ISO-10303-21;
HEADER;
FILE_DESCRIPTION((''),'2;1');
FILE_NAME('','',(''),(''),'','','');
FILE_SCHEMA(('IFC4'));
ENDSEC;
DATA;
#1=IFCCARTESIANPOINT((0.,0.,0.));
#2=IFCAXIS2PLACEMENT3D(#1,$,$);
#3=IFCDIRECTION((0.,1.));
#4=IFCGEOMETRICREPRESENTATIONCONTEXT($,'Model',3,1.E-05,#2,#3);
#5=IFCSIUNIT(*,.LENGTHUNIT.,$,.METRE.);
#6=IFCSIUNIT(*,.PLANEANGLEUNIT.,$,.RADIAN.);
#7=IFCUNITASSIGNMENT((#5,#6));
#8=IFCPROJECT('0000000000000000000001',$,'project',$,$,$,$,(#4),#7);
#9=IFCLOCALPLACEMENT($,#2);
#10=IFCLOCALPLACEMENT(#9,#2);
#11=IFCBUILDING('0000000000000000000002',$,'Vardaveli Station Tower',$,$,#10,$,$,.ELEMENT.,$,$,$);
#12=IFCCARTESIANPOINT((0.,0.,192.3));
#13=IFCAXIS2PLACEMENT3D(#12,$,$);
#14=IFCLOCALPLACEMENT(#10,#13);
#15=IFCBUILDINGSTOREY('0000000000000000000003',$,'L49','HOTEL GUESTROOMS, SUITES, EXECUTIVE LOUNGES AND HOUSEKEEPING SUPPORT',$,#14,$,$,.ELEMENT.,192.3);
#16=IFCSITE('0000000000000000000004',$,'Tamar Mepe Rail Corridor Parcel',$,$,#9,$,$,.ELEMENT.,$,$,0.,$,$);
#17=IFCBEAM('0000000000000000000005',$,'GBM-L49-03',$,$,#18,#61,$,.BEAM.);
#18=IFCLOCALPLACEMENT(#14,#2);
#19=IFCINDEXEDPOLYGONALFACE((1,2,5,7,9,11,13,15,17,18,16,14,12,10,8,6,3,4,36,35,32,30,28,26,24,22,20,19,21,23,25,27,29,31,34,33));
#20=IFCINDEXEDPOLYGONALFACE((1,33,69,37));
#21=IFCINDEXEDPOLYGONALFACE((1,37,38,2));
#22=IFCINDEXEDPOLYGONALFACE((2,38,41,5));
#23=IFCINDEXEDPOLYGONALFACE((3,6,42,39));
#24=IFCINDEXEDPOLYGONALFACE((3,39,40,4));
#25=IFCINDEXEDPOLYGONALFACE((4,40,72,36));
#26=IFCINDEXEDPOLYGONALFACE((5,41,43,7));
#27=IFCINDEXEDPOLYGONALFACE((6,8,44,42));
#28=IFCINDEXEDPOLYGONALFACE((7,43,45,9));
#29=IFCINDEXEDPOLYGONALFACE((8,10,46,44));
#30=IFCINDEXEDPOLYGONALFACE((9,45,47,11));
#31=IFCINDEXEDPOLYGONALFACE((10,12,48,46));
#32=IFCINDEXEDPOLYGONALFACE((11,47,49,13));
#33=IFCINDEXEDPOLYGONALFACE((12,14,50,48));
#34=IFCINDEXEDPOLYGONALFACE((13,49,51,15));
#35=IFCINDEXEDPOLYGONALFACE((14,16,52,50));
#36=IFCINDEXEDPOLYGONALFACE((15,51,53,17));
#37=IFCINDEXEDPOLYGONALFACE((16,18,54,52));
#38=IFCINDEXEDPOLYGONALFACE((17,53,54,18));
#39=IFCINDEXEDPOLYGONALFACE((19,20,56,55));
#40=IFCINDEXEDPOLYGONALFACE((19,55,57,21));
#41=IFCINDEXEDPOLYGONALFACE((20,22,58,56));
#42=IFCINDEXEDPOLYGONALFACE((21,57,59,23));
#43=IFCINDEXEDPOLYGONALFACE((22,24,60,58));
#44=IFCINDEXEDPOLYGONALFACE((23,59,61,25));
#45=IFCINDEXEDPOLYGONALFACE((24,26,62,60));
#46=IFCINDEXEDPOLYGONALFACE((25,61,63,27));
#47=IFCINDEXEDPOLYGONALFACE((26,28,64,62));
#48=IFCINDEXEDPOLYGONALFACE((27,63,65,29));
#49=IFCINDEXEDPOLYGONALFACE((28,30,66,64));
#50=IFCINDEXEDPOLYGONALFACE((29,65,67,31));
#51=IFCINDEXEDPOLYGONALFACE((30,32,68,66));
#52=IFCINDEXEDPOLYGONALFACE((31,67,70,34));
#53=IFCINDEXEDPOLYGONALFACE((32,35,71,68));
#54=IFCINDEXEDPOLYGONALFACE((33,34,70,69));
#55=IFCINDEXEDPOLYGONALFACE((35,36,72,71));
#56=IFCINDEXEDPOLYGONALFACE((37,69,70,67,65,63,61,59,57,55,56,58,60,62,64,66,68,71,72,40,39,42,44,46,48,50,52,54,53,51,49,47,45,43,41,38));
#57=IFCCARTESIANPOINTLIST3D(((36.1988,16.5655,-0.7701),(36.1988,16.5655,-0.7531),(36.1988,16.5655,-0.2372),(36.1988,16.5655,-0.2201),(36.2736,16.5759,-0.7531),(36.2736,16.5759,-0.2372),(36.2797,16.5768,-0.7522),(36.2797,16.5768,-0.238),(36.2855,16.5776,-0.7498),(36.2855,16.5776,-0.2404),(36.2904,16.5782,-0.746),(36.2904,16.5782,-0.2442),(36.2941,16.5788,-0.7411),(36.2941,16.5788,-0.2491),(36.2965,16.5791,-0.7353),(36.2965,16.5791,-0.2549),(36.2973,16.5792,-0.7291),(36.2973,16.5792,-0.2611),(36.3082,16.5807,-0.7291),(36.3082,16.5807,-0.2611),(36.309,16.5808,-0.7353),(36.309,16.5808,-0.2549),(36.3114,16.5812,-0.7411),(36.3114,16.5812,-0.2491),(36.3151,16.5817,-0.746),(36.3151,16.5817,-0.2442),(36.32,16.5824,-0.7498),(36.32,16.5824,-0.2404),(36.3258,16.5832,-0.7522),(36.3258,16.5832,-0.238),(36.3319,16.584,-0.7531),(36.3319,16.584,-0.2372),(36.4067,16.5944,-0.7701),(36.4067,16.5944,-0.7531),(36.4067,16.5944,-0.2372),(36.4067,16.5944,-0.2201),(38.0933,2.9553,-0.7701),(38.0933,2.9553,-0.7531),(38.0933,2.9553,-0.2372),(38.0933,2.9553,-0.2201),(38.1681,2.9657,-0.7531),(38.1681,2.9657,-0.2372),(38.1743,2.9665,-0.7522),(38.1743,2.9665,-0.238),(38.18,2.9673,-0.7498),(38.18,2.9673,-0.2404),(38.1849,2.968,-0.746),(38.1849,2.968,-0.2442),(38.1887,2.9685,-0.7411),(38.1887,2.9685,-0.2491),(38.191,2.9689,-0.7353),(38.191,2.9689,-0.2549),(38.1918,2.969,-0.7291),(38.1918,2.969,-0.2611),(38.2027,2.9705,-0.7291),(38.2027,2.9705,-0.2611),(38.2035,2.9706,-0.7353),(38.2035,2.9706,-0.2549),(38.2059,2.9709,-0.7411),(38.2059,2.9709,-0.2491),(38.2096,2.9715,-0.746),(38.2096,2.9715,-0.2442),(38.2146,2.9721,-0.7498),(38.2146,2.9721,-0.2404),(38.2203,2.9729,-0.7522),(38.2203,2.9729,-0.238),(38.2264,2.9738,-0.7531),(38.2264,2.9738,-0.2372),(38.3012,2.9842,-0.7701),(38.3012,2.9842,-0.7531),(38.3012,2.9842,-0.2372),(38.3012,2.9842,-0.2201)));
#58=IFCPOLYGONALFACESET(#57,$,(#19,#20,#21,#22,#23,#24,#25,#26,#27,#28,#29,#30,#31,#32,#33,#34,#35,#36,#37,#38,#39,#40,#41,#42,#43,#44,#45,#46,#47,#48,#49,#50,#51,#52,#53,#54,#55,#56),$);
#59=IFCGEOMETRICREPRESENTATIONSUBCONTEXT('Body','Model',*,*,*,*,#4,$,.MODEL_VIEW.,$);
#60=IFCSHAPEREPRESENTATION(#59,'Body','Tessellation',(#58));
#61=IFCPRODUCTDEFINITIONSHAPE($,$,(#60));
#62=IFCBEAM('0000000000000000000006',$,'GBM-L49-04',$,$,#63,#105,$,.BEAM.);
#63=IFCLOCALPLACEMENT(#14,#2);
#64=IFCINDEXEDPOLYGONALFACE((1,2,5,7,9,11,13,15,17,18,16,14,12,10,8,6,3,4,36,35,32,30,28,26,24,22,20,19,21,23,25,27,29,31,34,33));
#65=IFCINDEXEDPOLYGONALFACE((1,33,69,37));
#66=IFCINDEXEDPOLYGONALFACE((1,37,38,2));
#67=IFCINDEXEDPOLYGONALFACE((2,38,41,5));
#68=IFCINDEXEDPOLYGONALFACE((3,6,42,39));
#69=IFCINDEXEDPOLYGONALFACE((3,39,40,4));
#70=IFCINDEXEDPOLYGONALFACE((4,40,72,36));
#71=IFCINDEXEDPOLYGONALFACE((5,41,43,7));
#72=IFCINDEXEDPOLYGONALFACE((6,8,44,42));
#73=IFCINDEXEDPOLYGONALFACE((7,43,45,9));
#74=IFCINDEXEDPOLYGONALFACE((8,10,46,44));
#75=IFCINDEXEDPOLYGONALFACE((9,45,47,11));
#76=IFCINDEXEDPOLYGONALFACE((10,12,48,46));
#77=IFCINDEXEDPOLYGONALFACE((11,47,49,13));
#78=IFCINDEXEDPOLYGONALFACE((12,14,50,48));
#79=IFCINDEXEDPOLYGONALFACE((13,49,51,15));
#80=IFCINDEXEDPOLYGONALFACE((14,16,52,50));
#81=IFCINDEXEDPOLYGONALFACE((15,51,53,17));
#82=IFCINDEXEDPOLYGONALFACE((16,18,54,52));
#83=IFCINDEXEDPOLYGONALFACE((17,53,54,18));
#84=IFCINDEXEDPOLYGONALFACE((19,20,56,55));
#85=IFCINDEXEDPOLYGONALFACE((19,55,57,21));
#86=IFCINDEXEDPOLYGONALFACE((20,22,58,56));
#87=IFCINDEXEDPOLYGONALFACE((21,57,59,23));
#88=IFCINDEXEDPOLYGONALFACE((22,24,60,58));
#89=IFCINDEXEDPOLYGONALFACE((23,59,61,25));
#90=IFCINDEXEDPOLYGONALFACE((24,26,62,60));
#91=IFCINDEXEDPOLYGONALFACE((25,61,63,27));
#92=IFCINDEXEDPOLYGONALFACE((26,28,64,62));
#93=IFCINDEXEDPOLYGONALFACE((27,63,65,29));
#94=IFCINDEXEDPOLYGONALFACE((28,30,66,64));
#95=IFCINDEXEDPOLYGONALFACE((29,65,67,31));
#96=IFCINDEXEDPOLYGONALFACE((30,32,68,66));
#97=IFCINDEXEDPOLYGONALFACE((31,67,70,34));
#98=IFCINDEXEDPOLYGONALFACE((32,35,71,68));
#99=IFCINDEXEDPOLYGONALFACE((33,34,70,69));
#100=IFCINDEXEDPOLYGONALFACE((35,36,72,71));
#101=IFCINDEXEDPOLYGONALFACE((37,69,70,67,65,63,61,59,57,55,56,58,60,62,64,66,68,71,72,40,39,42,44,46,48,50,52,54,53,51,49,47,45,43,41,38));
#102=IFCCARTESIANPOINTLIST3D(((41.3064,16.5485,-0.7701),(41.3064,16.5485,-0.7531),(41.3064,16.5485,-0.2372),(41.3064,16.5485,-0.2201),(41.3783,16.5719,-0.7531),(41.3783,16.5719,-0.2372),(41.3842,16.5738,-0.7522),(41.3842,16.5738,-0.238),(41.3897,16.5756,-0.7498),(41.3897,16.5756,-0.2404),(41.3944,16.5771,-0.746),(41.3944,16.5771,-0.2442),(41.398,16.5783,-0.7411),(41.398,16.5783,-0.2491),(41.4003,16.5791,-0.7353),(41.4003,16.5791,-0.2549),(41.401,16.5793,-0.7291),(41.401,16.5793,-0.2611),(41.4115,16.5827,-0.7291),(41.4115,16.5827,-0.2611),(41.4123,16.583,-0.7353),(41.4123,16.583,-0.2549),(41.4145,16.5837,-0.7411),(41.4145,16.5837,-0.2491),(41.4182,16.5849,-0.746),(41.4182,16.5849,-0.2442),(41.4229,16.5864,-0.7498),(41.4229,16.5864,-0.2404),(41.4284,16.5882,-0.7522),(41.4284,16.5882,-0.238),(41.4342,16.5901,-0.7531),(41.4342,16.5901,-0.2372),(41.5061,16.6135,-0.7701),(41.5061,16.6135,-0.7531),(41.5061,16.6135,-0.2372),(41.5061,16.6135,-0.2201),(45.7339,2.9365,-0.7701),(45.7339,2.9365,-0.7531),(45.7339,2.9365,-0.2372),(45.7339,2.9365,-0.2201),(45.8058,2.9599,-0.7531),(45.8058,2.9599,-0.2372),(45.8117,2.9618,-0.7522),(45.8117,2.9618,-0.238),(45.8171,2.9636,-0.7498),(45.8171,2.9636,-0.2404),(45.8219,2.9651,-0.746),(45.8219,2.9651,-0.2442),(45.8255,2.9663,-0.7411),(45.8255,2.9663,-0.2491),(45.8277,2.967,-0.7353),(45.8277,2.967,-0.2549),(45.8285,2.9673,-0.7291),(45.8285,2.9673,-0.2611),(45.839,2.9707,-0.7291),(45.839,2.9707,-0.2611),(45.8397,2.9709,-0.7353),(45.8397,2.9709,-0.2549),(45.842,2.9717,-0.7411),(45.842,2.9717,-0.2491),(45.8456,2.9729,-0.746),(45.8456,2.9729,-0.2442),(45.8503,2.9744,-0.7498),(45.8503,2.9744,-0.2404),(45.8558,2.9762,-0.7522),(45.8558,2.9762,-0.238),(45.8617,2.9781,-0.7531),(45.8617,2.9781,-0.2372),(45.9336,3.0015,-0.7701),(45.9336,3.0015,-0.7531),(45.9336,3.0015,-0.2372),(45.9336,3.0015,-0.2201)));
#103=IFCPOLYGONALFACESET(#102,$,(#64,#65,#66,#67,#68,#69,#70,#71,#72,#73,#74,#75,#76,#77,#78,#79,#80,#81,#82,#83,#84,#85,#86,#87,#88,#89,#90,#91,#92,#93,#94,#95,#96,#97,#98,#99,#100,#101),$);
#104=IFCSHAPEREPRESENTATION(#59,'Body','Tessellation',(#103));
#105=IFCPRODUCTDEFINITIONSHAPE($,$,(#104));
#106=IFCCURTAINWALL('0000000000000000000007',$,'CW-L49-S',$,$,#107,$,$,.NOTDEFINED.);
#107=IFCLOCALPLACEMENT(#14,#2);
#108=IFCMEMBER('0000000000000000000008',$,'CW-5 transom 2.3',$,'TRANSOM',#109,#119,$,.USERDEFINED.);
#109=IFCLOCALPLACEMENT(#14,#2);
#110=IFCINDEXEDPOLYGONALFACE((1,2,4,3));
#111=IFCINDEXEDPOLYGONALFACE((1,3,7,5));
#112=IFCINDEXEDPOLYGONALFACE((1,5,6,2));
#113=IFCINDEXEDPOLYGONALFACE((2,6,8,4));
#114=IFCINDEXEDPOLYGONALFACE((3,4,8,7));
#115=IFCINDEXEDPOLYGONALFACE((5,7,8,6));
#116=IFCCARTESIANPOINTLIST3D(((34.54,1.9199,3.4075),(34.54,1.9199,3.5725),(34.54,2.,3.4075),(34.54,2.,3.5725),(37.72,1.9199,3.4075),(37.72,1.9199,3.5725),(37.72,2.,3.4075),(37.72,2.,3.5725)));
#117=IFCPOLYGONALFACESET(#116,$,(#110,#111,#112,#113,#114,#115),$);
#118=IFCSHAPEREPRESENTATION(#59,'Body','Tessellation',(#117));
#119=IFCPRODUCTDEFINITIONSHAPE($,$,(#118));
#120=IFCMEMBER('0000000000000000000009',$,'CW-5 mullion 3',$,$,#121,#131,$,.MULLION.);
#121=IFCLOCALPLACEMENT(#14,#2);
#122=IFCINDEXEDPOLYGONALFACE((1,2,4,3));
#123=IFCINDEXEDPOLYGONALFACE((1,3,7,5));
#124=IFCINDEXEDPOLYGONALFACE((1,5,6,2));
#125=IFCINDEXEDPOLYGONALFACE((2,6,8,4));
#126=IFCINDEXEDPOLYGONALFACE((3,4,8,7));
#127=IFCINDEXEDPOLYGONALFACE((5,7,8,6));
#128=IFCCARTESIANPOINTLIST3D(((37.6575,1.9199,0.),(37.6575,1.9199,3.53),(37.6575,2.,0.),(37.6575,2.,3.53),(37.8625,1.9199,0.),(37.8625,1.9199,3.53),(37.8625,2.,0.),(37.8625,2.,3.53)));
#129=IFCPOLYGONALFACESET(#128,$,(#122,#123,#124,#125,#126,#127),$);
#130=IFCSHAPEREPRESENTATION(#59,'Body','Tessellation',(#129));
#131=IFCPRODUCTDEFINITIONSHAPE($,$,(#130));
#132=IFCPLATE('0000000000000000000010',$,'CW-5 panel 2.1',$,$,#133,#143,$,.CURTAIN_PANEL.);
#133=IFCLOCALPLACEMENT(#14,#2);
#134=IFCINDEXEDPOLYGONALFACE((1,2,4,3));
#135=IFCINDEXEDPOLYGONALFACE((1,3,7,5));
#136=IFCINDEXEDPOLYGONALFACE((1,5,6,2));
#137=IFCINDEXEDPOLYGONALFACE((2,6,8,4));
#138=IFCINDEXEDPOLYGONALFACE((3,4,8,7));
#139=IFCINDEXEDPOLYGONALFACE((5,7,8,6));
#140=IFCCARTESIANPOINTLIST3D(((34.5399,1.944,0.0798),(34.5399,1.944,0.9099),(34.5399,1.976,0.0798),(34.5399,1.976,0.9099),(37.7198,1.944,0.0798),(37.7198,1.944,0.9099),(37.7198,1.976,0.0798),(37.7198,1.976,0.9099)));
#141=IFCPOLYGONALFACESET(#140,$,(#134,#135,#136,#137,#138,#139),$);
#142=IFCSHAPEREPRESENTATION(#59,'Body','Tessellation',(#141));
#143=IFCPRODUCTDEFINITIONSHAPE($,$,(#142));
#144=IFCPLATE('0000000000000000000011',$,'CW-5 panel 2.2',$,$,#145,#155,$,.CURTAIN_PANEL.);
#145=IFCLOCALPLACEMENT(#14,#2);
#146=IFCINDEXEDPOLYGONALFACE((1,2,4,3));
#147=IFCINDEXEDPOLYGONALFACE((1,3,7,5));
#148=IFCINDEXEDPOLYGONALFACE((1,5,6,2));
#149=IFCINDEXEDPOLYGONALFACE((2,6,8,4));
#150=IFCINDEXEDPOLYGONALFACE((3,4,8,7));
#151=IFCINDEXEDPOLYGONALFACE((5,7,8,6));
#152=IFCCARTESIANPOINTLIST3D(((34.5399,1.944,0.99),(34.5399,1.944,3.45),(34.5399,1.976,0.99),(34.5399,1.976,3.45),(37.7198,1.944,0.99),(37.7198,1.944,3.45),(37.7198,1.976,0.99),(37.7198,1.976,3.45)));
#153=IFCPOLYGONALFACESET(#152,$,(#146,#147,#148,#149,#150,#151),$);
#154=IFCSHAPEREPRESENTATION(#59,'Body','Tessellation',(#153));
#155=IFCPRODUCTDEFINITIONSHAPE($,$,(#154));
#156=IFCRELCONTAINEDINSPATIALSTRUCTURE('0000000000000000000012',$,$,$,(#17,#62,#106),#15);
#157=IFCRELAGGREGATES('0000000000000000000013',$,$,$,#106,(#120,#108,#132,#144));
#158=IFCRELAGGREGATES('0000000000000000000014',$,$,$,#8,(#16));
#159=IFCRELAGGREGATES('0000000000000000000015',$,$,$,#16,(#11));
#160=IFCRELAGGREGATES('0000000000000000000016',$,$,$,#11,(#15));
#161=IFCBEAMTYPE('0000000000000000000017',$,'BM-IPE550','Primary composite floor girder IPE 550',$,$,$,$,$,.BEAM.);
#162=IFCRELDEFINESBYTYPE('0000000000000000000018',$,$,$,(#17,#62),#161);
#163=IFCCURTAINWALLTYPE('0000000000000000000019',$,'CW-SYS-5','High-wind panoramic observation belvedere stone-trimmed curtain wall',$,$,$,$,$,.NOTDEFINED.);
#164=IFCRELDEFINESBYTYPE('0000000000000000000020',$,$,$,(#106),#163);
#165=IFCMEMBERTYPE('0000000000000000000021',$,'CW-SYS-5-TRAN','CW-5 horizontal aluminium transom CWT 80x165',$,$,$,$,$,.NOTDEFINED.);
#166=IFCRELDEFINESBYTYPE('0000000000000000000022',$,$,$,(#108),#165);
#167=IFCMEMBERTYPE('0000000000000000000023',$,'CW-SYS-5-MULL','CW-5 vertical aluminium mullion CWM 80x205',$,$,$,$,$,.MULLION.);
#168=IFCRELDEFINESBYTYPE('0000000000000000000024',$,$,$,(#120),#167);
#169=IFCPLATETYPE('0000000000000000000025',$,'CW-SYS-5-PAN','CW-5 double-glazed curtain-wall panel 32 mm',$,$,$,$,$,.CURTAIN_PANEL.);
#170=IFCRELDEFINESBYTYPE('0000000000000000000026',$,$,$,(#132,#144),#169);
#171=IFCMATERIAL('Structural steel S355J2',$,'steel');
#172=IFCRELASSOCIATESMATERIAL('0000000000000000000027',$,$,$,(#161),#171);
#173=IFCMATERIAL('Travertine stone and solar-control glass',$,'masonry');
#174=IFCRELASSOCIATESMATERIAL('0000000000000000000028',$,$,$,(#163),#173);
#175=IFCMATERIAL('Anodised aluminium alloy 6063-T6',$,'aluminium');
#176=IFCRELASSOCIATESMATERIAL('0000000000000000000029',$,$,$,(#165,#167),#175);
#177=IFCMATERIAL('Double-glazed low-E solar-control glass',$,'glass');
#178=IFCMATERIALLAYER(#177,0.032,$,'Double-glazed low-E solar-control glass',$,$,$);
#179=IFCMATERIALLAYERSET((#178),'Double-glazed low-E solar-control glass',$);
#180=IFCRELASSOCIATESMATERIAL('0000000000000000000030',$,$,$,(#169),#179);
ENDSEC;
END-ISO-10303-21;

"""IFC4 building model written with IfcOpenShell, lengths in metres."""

from ifc_helpers import new_model, si_unit, direction, frame, origin, origin_2d, place, context, subcontext, project, spatial, rectangle, i_section, extrude, source, transform, mapped, material, layer, layer_set, material_profile, profile_set, type_object, element, aggregate, save


model = new_model("IFC4")

# Units and contexts
model_context = context("Model", 3, precision=1e-05, world=origin(), true_north=direction((0.0, 1.0)))
body_context = subcontext(model_context, "Body", "Model", "MODEL_VIEW")
ifc_project = project(units=[si_unit("LENGTHUNIT", "METRE"), si_unit("PLANEANGLEUNIT", "RADIAN")], contexts=[model_context])

# Site, building, storey
site_placement = place(None, origin())
site = spatial("IfcSite", under=ifc_project, at=site_placement, Name="Tamar Mepe Rail Corridor Parcel", CompositionType="ELEMENT", RefElevation=0.0)
building_placement = place(site_placement, origin())
building = spatial("IfcBuilding", under=site, at=building_placement, Name="Vardaveli Station Tower", CompositionType="ELEMENT")
storey_placement = place(building_placement, frame((0.0, 0.0, 192.3)))
storey = spatial("IfcBuildingStorey", under=building, at=storey_placement, Name="L49", Description="HOTEL GUESTROOMS, SUITES, EXECUTIVE LOUNGES AND HOUSEKEEPING SUPPORT", CompositionType="ELEMENT", Elevation=192.3)

# Beams
ifc_material_1 = material(Name="Structural steel S355J2", Category="steel")
ifc_material_profile_1 = material_profile(ifc_material_1, i_section(OverallWidth=0.21, OverallDepth=0.55, WebThickness=0.011, FlangeThickness=0.0171, FilletRadius=0.0239, at=origin_2d()), Name="IPE 550")
ifc_profile_set_1 = profile_set([ifc_material_profile_1], Name="Structural steel S355J2")
beam_type_1 = type_object("IfcBeamType", Name="BM-IPE550", Description="Primary composite floor girder IPE 550", PredefinedType="BEAM", material=ifc_profile_set_1)
shared_shape_1 = source(origin(), body_context, "Body", "SweptSolid", [
    extrude(i_section(OverallWidth=0.21, OverallDepth=0.55, WebThickness=0.011, FlangeThickness=0.0171, FilletRadius=0.0239, at=origin_2d()), origin(), (0.0, 0.0, 1.0), 13.7415),
])
beam_1_placement = place(storey_placement, frame((38.1973, 2.9697, -0.4951), z_axis=(-0.137869, 0.990451, 0.0), x_axis=(-0.990451, -0.137869, 0.0)))
element("IfcBeam", 1, at=beam_1_placement, inside=storey, type_object=beam_type_1, Name="GBM-L49-03", PredefinedType="BEAM", context=body_context, shape_type="MappedRepresentation", body=[
    mapped(shared_shape_1, transform((0.0, 0.0, 0.0), scale=1.0)),
])
shared_shape_2 = source(origin(), body_context, "Body", "SweptSolid", [
    extrude(i_section(OverallWidth=0.21, OverallDepth=0.55, WebThickness=0.011, FlangeThickness=0.0171, FilletRadius=0.0239, at=origin_2d()), origin(), (0.0, 0.0, 1.0), 14.314),
])
beam_2_placement = place(storey_placement, frame((45.8337, 2.969, -0.4951), z_axis=(-0.309312, 0.950961, 0.0), x_axis=(-0.950961, -0.309312, 0.0)))
element("IfcBeam", 2, at=beam_2_placement, inside=storey, type_object=beam_type_1, Name="GBM-L49-04", PredefinedType="BEAM", context=body_context, shape_type="MappedRepresentation", body=[
    mapped(shared_shape_2, transform((0.0, 0.0, 0.0), scale=1.0)),
])

# Curtain wall, members, plates
ifc_material_2 = material(Name="Travertine stone and solar-control glass", Category="masonry")
curtain_wall_type = type_object("IfcCurtainWallType", Name="CW-SYS-5", Description="High-wind panoramic observation belvedere stone-trimmed curtain wall", PredefinedType="NOTDEFINED", material=ifc_material_2)
curtain_wall_placement = place(storey_placement, origin())
curtain_wall = element("IfcCurtainWall", 3, at=curtain_wall_placement, inside=storey, type_object=curtain_wall_type, Name="CW-L49-S", PredefinedType="NOTDEFINED")
ifc_material_3 = material(Name="Anodised aluminium alloy 6063-T6", Category="aluminium")
ifc_material_profile_2 = material_profile(ifc_material_3, rectangle(XDim=0.0801, YDim=0.165, at=origin_2d()), Name="CWT 80x165")
ifc_profile_set_2 = profile_set([ifc_material_profile_2], Name="Anodised aluminium alloy 6063-T6")
member_type_1 = type_object("IfcMemberType", Name="CW-SYS-5-TRAN", Description="CW-5 horizontal aluminium transom CWT 80x165", PredefinedType="NOTDEFINED", material=ifc_profile_set_2)
shared_shape_3 = source(origin(), body_context, "Body", "SweptSolid", [
    extrude(rectangle(XDim=0.0801, YDim=0.165, at=origin_2d()), origin(), (0.0, 0.0, 1.0), 3.1799),
])
member_1_placement = place(storey_placement, frame((34.54, 1.96, 3.49), z_axis=(1.0, 0.0, 0.0), x_axis=(0.0, 1.0, 0.0)))
member_1 = element("IfcMember", 4, at=member_1_placement, type_object=member_type_1, Name="CW-5 transom 2.3", ObjectType="TRANSOM", PredefinedType="USERDEFINED", context=body_context, shape_type="MappedRepresentation", body=[
    mapped(shared_shape_3, transform((0.0, 0.0, 0.0), scale=1.0)),
])
ifc_material_profile_3 = material_profile(ifc_material_3, rectangle(XDim=0.0801, YDim=0.2051, at=origin_2d()), Name="CWM 80x205")
ifc_profile_set_3 = profile_set([ifc_material_profile_3], Name="Anodised aluminium alloy 6063-T6")
member_type_2 = type_object("IfcMemberType", Name="CW-SYS-5-MULL", Description="CW-5 vertical aluminium mullion CWM 80x205", PredefinedType="MULLION", material=ifc_profile_set_3)
shared_shape_4 = source(origin(), body_context, "Body", "SweptSolid", [
    extrude(rectangle(XDim=0.0801, YDim=0.2051, at=origin_2d()), origin(), (0.0, 0.0, 1.0), 3.53),
])
member_2_placement = place(storey_placement, frame((37.76, 1.96, 0.0), z_axis=(0.0, 0.0, 1.0), x_axis=(0.0, 1.0, 0.0)))
member_2 = element("IfcMember", 5, at=member_2_placement, type_object=member_type_2, Name="CW-5 mullion 3", PredefinedType="MULLION", context=body_context, shape_type="MappedRepresentation", body=[
    mapped(shared_shape_4, transform((0.0, 0.0, 0.0), scale=1.0)),
])
ifc_material_4 = material(Name="Double-glazed low-E solar-control glass", Category="glass")
ifc_layer_1 = layer(ifc_material_4, 0.032, Name="Double-glazed low-E solar-control glass")
ifc_layer_set_1 = layer_set([ifc_layer_1], Name="Double-glazed low-E solar-control glass")
plate_type = type_object("IfcPlateType", Name="CW-SYS-5-PAN", Description="CW-5 double-glazed curtain-wall panel 32 mm", PredefinedType="CURTAIN_PANEL", material=ifc_layer_set_1)
shared_shape_5 = source(origin(), body_context, "Body", "SweptSolid", [
    extrude(rectangle(XDim=3.1799, YDim=0.032, at=origin_2d()), origin(), (0.0, 0.0, 1.0), 0.8301),
])
plate_1_placement = place(storey_placement, frame((36.1299, 1.96, 0.0798), z_axis=(0.0, 0.0, 1.0), x_axis=(1.0, 0.0, 0.0)))
plate_1 = element("IfcPlate", 6, at=plate_1_placement, type_object=plate_type, Name="CW-5 panel 2.1", PredefinedType="CURTAIN_PANEL", context=body_context, shape_type="MappedRepresentation", body=[
    mapped(shared_shape_5, transform((0.0, 0.0, 0.0), scale=1.0)),
])
shared_shape_6 = source(origin(), body_context, "Body", "SweptSolid", [
    extrude(rectangle(XDim=3.1799, YDim=0.032, at=origin_2d()), origin(), (0.0, 0.0, 1.0), 2.46),
])
plate_2_placement = place(storey_placement, frame((36.1299, 1.96, 0.99), z_axis=(0.0, 0.0, 1.0), x_axis=(1.0, 0.0, 0.0)))
plate_2 = element("IfcPlate", 7, at=plate_2_placement, type_object=plate_type, Name="CW-5 panel 2.2", PredefinedType="CURTAIN_PANEL", context=body_context, shape_type="MappedRepresentation", body=[
    mapped(shared_shape_6, transform((0.0, 0.0, 0.0), scale=1.0)),
])
aggregate(curtain_wall, [member_2, member_1, plate_1, plate_2])

save(model, "model.ifc")
